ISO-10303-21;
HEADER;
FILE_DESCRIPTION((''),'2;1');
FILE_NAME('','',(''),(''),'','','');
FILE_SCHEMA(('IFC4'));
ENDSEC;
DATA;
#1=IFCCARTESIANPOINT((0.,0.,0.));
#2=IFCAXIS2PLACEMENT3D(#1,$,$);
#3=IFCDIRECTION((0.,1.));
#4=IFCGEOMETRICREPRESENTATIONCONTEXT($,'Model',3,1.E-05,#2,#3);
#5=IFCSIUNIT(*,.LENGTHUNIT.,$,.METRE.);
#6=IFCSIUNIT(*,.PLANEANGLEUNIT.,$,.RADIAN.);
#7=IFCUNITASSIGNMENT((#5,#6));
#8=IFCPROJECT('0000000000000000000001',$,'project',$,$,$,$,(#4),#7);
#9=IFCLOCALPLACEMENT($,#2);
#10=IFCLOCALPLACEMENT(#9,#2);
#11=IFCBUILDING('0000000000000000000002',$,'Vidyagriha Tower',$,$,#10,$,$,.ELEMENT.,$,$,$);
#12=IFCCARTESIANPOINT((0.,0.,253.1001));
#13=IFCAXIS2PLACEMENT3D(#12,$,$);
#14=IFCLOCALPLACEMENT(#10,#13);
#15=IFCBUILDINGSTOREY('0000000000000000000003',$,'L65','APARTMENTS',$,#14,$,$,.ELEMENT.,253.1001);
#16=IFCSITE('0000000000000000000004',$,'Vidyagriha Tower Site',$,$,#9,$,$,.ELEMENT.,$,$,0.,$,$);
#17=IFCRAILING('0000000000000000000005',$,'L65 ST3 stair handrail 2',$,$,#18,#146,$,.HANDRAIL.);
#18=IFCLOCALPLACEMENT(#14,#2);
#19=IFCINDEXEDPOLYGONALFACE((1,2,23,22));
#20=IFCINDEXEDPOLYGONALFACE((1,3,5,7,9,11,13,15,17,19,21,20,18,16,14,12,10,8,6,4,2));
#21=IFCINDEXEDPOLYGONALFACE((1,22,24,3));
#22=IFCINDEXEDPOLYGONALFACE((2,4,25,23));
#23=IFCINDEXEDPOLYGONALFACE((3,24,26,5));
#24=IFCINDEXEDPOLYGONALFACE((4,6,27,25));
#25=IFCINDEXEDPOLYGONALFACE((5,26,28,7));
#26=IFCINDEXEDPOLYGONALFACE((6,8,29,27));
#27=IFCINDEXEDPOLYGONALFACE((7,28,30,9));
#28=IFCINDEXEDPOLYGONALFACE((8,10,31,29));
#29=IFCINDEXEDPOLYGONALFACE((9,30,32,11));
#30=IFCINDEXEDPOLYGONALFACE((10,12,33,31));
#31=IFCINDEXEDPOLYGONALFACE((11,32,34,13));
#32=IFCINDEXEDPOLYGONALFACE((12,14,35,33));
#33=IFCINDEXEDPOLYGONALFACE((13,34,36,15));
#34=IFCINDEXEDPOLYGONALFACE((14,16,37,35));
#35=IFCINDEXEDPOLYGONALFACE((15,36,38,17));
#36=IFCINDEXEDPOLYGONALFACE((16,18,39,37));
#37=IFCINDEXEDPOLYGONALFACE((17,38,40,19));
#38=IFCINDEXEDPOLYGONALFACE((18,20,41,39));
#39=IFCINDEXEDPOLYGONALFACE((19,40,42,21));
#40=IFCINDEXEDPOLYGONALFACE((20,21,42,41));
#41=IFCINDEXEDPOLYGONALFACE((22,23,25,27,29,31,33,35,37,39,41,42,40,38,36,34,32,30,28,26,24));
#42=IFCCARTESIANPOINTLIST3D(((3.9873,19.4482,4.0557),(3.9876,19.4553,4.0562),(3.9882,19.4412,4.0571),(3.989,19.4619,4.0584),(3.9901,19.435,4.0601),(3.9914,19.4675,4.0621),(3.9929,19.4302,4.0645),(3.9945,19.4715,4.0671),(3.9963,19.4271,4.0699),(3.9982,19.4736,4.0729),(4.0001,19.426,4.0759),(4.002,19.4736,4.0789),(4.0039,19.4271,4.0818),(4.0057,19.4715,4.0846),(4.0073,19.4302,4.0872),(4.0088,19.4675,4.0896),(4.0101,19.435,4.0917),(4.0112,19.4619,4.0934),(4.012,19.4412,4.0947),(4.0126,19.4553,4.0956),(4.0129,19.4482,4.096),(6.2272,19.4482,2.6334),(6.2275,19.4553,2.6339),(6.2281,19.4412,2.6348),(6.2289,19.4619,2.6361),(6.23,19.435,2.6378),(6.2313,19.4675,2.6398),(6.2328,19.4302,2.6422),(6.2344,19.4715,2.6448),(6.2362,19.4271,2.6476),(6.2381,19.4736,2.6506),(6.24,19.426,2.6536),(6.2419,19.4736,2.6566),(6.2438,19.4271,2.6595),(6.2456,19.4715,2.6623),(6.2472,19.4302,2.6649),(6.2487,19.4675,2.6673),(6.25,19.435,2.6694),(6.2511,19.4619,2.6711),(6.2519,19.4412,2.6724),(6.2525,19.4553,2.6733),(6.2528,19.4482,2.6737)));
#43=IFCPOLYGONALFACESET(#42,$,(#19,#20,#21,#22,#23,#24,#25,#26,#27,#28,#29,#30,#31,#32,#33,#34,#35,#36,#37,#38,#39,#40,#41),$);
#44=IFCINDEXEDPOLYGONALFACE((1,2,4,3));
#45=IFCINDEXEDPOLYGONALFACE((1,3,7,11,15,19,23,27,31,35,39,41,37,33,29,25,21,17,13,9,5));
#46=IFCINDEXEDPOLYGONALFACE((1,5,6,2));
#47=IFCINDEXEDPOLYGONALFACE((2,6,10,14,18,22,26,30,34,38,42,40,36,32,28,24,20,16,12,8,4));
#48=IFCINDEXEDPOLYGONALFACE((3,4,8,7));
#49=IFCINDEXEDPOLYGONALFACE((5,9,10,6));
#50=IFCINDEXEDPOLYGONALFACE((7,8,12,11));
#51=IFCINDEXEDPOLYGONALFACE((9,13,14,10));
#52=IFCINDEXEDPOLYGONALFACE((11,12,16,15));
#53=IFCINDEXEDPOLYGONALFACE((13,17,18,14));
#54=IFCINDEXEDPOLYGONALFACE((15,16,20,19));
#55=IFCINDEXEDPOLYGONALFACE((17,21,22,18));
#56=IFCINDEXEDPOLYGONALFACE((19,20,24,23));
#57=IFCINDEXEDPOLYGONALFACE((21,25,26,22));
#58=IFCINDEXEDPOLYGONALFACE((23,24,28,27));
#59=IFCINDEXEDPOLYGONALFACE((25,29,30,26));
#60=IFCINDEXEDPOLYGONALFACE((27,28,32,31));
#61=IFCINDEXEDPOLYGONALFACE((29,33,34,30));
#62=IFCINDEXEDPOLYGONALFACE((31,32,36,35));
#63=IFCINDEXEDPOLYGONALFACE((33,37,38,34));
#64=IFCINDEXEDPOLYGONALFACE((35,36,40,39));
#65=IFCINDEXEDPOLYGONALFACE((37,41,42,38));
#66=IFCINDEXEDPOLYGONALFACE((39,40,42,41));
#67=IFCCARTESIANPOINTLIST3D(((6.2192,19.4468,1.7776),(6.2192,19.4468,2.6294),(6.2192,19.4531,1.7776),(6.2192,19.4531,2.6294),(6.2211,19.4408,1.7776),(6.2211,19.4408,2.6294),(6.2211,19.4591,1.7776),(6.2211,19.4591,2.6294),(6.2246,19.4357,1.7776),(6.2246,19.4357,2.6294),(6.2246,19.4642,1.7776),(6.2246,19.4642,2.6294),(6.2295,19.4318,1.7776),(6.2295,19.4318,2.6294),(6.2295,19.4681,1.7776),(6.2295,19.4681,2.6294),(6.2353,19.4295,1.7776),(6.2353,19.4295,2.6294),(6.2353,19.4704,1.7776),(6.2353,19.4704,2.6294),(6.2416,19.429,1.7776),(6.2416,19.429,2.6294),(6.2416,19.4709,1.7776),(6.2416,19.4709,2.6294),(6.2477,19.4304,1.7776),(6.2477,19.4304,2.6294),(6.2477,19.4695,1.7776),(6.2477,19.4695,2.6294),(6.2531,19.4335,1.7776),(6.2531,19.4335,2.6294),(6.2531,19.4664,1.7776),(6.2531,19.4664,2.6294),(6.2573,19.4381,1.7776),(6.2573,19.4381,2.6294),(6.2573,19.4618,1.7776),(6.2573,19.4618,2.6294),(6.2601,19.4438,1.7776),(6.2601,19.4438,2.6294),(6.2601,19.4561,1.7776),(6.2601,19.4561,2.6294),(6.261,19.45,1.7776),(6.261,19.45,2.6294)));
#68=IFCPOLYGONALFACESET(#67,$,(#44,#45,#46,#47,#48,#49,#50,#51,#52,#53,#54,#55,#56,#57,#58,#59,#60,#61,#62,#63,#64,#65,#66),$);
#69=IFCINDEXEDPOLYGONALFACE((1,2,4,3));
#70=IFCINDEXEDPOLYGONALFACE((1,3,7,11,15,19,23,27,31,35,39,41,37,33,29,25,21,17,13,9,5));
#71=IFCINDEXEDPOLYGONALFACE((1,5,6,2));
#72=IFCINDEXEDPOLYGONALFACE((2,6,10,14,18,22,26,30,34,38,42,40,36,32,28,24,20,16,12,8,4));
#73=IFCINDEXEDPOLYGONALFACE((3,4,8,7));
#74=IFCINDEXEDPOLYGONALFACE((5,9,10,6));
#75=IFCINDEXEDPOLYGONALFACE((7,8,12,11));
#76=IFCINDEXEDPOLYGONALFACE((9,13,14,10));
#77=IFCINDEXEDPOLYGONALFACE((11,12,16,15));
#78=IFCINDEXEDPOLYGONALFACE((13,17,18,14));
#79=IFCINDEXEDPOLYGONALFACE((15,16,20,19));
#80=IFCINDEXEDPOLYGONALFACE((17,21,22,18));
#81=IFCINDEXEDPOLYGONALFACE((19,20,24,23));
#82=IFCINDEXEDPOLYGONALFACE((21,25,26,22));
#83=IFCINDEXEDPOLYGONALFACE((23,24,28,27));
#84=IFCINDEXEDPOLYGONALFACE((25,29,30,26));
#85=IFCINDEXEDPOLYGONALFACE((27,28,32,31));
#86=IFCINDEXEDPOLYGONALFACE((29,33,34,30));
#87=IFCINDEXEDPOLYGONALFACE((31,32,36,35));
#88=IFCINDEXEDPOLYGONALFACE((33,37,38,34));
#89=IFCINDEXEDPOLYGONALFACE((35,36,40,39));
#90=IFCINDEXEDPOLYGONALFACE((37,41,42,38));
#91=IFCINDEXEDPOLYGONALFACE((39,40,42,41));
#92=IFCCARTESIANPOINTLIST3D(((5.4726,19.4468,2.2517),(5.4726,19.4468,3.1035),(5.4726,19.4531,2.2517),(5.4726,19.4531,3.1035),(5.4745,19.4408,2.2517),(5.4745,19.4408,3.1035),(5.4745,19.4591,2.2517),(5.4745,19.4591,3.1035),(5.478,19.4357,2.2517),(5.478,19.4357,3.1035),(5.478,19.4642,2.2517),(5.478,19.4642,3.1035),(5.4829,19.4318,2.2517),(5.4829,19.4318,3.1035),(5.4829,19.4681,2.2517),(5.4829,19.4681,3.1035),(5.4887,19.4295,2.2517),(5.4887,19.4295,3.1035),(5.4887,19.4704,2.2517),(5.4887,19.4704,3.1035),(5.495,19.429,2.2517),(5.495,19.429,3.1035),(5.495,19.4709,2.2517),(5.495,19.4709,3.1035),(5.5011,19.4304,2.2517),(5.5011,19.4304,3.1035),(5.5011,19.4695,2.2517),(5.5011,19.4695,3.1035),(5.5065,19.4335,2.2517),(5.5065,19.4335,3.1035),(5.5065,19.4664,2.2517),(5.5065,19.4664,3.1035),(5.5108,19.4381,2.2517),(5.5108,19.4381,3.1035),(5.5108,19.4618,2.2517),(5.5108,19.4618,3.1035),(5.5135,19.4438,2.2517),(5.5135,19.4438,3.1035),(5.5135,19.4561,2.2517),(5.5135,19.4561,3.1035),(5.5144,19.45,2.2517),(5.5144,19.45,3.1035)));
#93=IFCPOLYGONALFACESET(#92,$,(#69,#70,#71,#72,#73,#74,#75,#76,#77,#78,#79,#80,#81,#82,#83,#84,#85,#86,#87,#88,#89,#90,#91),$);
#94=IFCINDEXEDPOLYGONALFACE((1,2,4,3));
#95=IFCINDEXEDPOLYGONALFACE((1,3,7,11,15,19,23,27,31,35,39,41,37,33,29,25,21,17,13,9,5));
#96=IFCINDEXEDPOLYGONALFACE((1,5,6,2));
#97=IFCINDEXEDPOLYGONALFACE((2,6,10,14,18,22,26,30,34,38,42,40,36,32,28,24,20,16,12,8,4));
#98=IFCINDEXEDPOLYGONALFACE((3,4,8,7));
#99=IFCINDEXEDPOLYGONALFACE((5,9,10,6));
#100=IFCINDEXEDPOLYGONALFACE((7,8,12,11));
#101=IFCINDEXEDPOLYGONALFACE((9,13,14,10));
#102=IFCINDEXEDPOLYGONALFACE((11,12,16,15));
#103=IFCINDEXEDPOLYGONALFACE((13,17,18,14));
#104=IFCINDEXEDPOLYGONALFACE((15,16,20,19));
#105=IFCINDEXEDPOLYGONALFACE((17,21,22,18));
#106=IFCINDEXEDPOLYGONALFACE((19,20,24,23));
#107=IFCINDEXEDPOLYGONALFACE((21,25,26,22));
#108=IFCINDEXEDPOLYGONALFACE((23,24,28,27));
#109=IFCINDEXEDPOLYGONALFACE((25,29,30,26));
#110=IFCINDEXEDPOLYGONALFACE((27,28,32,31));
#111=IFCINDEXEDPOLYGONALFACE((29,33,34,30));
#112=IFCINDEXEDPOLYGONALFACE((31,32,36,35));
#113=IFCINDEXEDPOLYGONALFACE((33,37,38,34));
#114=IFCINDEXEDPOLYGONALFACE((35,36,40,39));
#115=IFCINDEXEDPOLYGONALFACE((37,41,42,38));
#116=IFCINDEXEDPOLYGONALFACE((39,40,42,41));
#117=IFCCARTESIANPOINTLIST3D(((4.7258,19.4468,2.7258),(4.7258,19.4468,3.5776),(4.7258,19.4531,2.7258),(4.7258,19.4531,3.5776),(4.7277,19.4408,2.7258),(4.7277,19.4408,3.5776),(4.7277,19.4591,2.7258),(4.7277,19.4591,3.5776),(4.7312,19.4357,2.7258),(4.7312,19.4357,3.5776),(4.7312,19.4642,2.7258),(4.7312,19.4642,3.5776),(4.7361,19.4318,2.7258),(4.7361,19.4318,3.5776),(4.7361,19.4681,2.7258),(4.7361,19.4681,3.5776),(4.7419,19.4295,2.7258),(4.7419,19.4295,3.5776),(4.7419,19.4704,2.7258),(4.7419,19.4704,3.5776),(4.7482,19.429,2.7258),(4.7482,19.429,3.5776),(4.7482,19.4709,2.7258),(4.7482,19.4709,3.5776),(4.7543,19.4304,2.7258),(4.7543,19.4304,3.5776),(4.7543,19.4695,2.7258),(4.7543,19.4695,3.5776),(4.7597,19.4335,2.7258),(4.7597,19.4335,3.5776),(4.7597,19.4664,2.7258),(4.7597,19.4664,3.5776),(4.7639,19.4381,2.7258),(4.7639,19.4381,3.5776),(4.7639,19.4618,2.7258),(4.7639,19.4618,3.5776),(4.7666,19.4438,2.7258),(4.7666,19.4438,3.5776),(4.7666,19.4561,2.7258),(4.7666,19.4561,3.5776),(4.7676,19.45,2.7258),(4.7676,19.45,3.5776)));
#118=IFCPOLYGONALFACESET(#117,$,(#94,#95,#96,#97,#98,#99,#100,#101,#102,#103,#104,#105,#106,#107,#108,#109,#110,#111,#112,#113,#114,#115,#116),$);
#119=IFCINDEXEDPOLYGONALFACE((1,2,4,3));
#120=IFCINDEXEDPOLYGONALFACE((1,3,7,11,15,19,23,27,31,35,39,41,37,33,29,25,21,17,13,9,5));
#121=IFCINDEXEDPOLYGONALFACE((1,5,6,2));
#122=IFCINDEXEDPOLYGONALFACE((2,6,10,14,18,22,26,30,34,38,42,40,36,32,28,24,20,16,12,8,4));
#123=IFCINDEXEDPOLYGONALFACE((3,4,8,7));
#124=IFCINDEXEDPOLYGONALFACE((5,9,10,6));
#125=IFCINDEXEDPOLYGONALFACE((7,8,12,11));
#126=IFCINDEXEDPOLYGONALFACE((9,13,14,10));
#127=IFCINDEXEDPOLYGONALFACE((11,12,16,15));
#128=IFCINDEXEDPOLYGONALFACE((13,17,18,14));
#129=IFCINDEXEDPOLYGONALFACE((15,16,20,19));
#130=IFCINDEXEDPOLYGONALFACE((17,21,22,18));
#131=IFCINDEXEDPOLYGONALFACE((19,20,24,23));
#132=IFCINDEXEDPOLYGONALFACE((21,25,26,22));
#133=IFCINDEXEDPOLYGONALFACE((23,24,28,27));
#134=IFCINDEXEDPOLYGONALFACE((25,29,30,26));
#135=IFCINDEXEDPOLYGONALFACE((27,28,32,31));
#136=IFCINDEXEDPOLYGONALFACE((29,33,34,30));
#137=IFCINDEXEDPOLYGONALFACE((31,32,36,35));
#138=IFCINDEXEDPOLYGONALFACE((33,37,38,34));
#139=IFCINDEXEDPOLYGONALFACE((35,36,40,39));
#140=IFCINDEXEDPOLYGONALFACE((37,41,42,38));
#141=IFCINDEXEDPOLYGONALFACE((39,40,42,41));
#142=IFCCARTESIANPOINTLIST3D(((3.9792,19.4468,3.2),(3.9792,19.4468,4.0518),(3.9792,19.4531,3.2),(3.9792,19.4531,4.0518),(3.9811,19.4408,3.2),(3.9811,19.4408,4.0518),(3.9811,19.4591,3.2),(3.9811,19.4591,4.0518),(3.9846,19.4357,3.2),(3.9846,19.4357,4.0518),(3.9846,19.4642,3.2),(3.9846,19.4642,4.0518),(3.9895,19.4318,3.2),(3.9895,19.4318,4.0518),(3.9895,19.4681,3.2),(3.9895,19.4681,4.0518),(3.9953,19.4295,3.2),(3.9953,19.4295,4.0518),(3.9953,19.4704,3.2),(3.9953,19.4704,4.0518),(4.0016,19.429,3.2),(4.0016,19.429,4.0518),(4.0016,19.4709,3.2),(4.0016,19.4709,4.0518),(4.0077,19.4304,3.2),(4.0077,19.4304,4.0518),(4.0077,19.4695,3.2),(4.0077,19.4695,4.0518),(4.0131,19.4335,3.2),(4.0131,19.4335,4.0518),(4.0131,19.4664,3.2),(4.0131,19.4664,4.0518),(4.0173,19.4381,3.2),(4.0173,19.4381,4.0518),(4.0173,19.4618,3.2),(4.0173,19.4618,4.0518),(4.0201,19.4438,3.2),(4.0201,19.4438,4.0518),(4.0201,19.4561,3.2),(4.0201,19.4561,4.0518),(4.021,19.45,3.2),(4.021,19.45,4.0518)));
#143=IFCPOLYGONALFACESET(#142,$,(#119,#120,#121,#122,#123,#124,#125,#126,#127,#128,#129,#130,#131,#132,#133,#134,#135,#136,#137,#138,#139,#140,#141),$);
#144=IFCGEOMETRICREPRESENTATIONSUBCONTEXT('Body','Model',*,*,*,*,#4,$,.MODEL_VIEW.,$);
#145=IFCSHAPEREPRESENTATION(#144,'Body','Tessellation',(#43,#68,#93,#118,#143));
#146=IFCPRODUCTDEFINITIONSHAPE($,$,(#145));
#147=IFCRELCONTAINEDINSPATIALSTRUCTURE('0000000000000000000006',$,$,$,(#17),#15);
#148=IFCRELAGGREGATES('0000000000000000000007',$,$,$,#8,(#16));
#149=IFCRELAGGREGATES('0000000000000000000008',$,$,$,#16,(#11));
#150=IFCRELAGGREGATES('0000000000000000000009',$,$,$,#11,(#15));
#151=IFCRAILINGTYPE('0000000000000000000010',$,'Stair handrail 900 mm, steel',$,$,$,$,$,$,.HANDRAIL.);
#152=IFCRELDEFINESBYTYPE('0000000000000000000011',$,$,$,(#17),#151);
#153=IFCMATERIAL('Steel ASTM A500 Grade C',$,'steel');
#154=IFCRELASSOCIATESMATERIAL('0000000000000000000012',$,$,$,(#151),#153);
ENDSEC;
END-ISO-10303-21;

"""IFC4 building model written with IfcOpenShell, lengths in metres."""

from ifc_helpers import new_model, si_unit, direction, frame, origin, origin_2d, place, context, subcontext, project, spatial, circle, extrude, material, type_object, element, save


model = new_model("IFC4")

# Units and contexts
model_context = context("Model", 3, precision=1e-05, world=origin(), true_north=direction((0.0, 1.0)))
body_context = subcontext(model_context, "Body", "Model", "MODEL_VIEW")
ifc_project = project(units=[si_unit("LENGTHUNIT", "METRE"), si_unit("PLANEANGLEUNIT", "RADIAN")], contexts=[model_context])

# Site, building, storey
site_placement = place(None, origin())
site = spatial("IfcSite", under=ifc_project, at=site_placement, Name="Vidyagriha Tower Site", CompositionType="ELEMENT", RefElevation=0.0)
building_placement = place(site_placement, origin())
building = spatial("IfcBuilding", under=site, at=building_placement, Name="Vidyagriha Tower", CompositionType="ELEMENT")
storey_placement = place(building_placement, frame((0.0, 0.0, 253.1001)))
storey = spatial("IfcBuildingStorey", under=building, at=storey_placement, Name="L65", Description="APARTMENTS", CompositionType="ELEMENT", Elevation=253.1001)

# Railing
ifc_material_1 = material(Name="Steel ASTM A500 Grade C", Category="steel")
railing_type_1 = type_object("IfcRailingType", Name="Stair handrail 900 mm, steel", PredefinedType="HANDRAIL", material=ifc_material_1)
for number, where, name in (
    (1, (6.24, 19.45, 1.7776), "L65 ST3 stair handrail 2"),
):
    element("IfcRailing", number, at=place(storey_placement, frame(where)), inside=storey, type_object=railing_type_1, Name=name, PredefinedType="HANDRAIL", context=body_context, shape_type="SweptSolid", body=[
        extrude(circle(Radius=0.0239, at=origin_2d()), frame((0.0, 0.0, 0.876), z_axis=(-0.844188, 0.0, 0.536048), x_axis=(0.0, -1.0, 0.0)), (0.0, 0.0, 1.0), 2.6533),
        extrude(circle(Radius=0.021, at=origin_2d()), origin(), (0.0, 0.0, 1.0), 0.8518),
        extrude(circle(Radius=0.021, at=origin_2d()), frame((-0.7466, 0.0, 0.4741)), (0.0, 0.0, 1.0), 0.8518),
        extrude(circle(Radius=0.021, at=origin_2d()), frame((-1.4934, 0.0, 0.9482)), (0.0, 0.0, 1.0), 0.8518),
        extrude(circle(Radius=0.021, at=origin_2d()), frame((-2.24, 0.0, 1.4224)), (0.0, 0.0, 1.0), 0.8518),
    ])

save(model, "model.ifc")
